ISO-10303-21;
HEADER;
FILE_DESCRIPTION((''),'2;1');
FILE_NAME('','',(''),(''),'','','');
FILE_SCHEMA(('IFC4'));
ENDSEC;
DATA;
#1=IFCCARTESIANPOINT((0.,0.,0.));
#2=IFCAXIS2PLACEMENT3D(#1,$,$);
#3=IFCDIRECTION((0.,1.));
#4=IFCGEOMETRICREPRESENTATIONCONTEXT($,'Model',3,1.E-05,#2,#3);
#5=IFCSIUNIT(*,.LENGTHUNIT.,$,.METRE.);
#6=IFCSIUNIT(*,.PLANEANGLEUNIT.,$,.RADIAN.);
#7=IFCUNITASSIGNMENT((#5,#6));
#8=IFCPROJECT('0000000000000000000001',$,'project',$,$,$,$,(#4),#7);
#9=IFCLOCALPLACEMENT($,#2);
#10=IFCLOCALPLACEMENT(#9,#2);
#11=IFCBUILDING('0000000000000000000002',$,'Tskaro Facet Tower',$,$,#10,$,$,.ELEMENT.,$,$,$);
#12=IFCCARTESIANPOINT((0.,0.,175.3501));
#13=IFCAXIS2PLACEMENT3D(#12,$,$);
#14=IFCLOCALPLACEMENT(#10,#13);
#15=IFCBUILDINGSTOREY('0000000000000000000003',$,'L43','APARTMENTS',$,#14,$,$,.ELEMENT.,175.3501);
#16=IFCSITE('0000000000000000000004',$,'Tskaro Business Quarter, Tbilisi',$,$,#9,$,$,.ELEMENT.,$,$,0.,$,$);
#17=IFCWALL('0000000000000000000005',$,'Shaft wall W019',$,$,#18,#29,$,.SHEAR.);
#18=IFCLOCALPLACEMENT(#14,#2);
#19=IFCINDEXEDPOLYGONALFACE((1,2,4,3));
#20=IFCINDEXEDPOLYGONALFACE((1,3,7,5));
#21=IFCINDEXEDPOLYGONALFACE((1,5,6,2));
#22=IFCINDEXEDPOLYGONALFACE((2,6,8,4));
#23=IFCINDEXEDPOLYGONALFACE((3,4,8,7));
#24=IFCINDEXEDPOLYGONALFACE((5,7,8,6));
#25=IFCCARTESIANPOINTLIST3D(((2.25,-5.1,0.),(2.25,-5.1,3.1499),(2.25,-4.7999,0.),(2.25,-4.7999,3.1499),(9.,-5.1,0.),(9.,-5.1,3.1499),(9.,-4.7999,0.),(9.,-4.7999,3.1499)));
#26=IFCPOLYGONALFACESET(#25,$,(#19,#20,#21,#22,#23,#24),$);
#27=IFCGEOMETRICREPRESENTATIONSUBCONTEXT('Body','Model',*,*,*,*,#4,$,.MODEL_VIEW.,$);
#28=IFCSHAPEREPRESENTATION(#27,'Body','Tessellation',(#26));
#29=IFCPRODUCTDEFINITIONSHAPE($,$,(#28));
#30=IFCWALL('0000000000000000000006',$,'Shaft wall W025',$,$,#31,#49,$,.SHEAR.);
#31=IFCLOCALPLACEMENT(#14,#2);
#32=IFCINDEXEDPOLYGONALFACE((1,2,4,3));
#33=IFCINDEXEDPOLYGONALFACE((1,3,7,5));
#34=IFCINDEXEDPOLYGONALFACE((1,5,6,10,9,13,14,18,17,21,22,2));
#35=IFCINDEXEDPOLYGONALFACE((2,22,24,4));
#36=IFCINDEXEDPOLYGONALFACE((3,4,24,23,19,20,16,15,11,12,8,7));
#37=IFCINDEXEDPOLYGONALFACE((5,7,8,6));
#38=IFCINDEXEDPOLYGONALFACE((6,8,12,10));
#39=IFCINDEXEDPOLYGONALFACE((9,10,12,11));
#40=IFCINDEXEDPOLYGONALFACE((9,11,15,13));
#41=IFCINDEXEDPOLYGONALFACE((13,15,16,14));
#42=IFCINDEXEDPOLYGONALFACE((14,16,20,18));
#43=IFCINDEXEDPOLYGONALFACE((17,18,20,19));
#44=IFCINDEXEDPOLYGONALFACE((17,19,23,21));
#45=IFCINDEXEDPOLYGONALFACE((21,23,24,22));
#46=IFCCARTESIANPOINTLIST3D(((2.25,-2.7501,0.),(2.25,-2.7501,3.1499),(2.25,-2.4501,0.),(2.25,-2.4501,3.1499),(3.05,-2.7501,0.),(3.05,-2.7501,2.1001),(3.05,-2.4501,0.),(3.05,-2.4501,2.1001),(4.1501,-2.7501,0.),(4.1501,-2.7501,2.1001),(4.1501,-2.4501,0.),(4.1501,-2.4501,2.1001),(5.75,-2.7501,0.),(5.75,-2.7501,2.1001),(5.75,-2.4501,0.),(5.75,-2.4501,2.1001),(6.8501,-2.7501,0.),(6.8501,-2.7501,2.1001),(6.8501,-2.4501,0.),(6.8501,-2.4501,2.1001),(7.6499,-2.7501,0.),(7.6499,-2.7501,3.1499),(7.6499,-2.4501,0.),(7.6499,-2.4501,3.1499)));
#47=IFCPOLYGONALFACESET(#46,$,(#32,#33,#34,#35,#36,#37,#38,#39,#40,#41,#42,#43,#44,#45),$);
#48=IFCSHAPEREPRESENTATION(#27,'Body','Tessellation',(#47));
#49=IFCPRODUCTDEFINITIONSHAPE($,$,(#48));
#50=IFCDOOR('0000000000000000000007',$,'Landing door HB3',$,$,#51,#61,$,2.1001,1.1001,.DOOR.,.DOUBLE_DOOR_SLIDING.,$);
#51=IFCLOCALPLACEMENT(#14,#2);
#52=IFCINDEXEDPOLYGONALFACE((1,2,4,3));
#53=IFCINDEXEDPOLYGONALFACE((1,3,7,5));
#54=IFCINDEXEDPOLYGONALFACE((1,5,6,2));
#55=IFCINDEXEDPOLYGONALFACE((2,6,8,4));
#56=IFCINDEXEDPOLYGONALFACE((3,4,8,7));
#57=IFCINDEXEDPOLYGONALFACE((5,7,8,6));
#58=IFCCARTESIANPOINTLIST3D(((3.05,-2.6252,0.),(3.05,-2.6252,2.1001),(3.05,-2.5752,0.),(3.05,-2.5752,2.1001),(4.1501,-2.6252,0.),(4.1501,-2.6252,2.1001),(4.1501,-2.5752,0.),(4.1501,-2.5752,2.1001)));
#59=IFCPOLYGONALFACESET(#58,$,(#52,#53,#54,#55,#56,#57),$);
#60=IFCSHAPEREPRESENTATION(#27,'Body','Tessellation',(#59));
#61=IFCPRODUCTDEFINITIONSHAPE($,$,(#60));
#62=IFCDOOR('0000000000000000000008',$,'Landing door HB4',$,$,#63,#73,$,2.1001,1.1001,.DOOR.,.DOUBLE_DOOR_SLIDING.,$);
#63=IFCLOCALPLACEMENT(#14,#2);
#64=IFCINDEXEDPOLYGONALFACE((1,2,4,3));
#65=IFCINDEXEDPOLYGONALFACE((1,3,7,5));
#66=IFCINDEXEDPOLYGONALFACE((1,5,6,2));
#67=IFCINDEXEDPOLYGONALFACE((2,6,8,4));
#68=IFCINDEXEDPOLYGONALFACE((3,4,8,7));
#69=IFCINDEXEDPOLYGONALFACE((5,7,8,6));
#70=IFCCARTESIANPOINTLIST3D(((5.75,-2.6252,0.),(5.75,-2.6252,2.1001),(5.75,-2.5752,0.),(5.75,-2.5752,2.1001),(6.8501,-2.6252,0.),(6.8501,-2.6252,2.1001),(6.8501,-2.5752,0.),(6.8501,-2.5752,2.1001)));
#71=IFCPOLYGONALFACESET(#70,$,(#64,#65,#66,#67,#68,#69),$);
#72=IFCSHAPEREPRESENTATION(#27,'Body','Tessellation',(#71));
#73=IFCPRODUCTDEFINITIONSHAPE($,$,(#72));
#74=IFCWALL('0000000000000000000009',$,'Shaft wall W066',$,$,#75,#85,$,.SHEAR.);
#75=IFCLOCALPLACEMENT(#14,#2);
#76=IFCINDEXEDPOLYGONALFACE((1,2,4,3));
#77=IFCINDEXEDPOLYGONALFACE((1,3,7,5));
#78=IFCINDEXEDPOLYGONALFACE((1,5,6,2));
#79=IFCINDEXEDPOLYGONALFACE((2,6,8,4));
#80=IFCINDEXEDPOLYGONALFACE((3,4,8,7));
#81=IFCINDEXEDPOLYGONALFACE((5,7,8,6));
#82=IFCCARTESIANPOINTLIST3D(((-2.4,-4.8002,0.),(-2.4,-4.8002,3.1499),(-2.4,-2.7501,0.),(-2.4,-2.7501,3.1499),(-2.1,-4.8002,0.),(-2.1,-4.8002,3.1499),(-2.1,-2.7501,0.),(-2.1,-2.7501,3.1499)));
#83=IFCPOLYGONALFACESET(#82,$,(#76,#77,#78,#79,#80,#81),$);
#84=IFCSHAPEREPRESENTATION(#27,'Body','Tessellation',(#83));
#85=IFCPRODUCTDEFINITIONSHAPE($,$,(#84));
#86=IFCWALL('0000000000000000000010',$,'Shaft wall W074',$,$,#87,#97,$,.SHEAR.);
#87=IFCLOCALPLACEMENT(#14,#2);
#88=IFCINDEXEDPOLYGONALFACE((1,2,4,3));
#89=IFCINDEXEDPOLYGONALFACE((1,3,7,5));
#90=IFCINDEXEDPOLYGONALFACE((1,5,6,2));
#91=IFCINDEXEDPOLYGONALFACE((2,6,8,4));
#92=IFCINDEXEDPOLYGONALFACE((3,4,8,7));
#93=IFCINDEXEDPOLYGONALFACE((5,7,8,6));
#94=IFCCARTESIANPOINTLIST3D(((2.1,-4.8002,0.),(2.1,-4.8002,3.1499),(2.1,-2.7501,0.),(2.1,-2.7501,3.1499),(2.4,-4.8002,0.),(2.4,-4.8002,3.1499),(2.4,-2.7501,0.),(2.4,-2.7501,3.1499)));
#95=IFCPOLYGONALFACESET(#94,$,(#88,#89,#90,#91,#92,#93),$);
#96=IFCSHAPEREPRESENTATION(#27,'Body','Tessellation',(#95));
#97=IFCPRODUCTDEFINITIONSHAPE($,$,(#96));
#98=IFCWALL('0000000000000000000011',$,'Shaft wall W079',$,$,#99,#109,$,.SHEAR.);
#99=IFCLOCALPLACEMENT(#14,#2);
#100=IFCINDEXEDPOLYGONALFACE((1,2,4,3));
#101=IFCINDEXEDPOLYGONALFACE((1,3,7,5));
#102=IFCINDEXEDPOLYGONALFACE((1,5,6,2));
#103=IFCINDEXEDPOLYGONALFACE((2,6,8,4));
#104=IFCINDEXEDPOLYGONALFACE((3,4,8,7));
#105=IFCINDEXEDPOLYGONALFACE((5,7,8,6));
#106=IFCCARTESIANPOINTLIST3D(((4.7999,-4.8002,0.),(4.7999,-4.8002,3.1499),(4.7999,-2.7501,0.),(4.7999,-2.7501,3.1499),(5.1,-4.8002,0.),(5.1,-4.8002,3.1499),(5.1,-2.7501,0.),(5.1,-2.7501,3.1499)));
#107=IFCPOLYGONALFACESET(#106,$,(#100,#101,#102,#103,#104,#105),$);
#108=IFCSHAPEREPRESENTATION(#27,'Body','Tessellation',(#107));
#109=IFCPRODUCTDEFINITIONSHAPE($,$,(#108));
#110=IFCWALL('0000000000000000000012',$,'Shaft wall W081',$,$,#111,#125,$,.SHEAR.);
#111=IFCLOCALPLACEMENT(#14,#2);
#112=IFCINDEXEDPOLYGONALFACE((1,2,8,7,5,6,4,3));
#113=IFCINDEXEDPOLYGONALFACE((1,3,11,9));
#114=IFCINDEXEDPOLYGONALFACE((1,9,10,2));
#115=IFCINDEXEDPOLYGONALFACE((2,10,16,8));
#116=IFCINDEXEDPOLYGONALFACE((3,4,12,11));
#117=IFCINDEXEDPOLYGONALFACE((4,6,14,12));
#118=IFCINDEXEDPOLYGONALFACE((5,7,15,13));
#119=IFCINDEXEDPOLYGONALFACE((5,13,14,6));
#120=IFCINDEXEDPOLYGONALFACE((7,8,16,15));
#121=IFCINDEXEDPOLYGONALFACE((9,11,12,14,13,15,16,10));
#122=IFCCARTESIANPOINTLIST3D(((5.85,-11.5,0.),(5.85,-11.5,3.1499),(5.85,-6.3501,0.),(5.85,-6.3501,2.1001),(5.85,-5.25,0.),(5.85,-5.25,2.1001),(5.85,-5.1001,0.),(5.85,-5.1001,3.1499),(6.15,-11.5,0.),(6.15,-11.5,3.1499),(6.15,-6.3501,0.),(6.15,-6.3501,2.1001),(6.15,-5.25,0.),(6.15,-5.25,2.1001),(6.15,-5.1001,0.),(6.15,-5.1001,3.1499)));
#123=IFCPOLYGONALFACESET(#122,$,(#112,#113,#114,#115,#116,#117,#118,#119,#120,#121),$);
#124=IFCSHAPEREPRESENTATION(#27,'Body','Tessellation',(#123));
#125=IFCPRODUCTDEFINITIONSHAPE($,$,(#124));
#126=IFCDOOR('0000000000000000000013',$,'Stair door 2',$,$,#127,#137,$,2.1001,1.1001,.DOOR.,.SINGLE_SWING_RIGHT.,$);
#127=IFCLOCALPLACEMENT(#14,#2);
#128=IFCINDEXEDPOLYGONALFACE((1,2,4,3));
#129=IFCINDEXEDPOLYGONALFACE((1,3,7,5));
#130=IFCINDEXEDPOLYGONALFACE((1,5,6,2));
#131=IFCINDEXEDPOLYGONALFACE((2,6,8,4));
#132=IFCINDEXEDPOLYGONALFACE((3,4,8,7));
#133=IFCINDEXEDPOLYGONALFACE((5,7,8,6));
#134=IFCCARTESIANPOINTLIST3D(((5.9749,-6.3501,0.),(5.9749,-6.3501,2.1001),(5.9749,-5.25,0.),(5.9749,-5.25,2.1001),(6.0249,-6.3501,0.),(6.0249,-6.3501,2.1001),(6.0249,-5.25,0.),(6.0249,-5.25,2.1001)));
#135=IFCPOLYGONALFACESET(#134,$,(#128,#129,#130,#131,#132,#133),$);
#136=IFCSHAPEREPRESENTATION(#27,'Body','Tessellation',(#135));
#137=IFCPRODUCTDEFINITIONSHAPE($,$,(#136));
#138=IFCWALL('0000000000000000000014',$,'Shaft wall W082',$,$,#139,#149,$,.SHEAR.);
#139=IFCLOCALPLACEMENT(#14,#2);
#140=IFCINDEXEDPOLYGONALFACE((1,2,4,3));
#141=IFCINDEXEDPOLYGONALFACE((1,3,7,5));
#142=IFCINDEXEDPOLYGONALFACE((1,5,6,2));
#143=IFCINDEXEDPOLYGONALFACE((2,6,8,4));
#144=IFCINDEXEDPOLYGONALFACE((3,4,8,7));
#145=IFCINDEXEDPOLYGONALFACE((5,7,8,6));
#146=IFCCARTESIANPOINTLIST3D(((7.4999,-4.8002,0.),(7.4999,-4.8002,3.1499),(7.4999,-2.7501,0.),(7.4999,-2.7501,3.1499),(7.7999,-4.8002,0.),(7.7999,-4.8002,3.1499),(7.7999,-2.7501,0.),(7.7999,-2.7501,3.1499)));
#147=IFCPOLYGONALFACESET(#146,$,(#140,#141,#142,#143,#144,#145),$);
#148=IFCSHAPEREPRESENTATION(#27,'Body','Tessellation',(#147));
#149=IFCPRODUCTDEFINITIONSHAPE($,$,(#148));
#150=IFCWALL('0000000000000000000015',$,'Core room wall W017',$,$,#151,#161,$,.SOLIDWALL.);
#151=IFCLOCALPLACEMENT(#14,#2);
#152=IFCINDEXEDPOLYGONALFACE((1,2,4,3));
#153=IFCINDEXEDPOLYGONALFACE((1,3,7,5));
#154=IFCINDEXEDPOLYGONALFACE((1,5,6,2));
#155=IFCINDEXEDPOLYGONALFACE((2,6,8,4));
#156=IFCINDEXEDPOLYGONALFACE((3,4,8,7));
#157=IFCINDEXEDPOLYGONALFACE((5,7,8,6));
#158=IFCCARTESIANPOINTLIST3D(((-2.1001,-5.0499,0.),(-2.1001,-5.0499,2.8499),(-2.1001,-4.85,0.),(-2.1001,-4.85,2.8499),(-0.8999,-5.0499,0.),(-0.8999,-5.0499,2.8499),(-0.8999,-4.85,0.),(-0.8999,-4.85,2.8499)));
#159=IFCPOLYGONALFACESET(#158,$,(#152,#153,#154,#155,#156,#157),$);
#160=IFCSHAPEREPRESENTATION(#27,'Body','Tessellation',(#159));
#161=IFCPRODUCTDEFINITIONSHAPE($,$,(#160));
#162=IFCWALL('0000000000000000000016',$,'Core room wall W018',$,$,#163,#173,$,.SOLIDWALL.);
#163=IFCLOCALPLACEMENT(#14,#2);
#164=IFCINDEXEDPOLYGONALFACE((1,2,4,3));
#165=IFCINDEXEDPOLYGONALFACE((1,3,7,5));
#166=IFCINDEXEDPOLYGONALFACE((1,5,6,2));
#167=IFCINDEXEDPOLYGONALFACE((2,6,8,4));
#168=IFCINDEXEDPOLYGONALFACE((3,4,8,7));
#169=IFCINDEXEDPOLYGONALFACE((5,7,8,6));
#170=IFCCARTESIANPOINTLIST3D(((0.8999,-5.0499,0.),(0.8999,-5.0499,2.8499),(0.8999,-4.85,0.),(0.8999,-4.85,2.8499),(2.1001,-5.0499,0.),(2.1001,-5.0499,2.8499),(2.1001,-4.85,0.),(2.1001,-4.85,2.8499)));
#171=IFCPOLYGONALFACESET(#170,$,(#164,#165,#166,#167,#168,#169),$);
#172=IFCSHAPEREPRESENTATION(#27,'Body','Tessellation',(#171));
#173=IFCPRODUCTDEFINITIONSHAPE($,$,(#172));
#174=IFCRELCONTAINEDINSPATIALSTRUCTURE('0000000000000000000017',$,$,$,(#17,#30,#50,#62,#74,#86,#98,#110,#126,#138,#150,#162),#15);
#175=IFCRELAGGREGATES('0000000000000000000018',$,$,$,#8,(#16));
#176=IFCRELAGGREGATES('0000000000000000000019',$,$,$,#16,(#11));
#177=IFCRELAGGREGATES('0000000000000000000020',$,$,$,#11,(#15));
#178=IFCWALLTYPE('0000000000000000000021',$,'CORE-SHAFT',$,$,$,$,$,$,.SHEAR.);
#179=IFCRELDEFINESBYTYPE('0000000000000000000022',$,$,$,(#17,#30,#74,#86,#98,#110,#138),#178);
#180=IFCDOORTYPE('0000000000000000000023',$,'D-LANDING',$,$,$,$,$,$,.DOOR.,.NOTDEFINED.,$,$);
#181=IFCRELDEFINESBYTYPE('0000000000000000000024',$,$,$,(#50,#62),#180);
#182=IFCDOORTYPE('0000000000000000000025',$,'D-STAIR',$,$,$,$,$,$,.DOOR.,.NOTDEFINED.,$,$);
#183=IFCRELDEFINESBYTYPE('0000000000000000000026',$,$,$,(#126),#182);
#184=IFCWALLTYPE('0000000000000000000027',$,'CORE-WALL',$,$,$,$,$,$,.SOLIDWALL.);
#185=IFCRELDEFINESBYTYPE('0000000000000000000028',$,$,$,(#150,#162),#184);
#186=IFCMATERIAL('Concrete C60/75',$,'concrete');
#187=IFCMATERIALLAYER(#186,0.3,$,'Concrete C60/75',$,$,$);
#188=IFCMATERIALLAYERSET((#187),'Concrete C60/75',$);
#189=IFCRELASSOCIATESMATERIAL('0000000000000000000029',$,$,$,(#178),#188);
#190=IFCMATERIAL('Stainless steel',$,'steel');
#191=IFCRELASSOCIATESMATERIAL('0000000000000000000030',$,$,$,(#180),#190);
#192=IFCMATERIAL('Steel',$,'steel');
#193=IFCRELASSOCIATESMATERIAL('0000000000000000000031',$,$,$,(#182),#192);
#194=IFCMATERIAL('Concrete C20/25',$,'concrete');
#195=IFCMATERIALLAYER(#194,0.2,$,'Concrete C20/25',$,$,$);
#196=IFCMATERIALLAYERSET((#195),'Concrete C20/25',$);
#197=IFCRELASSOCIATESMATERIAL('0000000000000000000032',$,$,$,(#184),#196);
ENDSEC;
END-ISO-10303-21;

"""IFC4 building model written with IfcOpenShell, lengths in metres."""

from ifc_helpers import new_model, si_unit, direction, frame, frame_2d, origin, place, context, subcontext, project, spatial, rectangle, extrude, material, layer, layer_set, type_object, element, fill, save


model = new_model("IFC4")

# Units and contexts
model_context = context("Model", 3, precision=1e-05, world=origin(), true_north=direction((0.0, 1.0)))
body_context = subcontext(model_context, "Body", "Model", "MODEL_VIEW")
ifc_project = project(units=[si_unit("LENGTHUNIT", "METRE"), si_unit("PLANEANGLEUNIT", "RADIAN")], contexts=[model_context])

# Site, building, storey
site_placement = place(None, origin())
site = spatial("IfcSite", under=ifc_project, at=site_placement, Name="Tskaro Business Quarter, Tbilisi", CompositionType="ELEMENT", RefElevation=0.0)
building_placement = place(site_placement, origin())
building = spatial("IfcBuilding", under=site, at=building_placement, Name="Tskaro Facet Tower", CompositionType="ELEMENT")
storey_placement = place(building_placement, frame((0.0, 0.0, 175.3501)))
storey = spatial("IfcBuildingStorey", under=building, at=storey_placement, Name="L43", Description="APARTMENTS", CompositionType="ELEMENT", Elevation=175.3501)

# Wall
ifc_material_1 = material(Name="Concrete C60/75", Category="concrete")
ifc_layer_1 = layer(ifc_material_1, 0.3, Name="Concrete C60/75")
ifc_layer_set_1 = layer_set([ifc_layer_1], Name="Concrete C60/75")
wall_type_1 = type_object("IfcWallType", Name="CORE-SHAFT", PredefinedType="SHEAR", material=ifc_layer_set_1)
wall_1_placement = place(storey_placement, frame((2.25, -4.95, 0.0), z_axis=(0.0, 0.0, 1.0), x_axis=(1.0, 0.0, 0.0)))
element("IfcWall", 1, at=wall_1_placement, inside=storey, type_object=wall_type_1, Name="Shaft wall W019", PredefinedType="SHEAR", context=body_context, shape_type="SweptSolid", body=[
    extrude(rectangle(XDim=6.75, YDim=0.3, at=frame_2d((3.375, 0.0))), origin(), (0.0, 0.0, 1.0), 3.1499),
])

# Wall, openings, doors
wall_2_placement = place(storey_placement, frame((2.25, -2.6001, 0.0), z_axis=(0.0, 0.0, 1.0), x_axis=(1.0, 0.0, 0.0)))
wall_2 = element("IfcWall", 2, at=wall_2_placement, inside=storey, type_object=wall_type_1, Name="Shaft wall W025", PredefinedType="SHEAR", context=body_context, shape_type="SweptSolid", body=[
    extrude(rectangle(XDim=5.3999, YDim=0.3, at=frame_2d((2.7, 0.0))), origin(), (0.0, 0.0, 1.0), 3.1499),
])
opening_1_placement = place(wall_2_placement, frame((0.8, 0.0, 0.0)))
opening_1 = element("IfcOpeningElement", 3, at=opening_1_placement, cuts=wall_2, PredefinedType="OPENING", context=body_context, shape_type="SweptSolid", body=[
    extrude(rectangle(XDim=1.1001, YDim=2.1001, at=frame_2d((0.55, 1.05))), frame((0.0, 0.1599, 0.0), z_axis=(0.0, -1.0, 0.0), x_axis=(1.0, 0.0, 0.0)), (0.0, 0.0, 1.0), 0.3201),
])
opening_2_placement = place(wall_2_placement, frame((3.5, 0.0, 0.0)))
opening_2 = element("IfcOpeningElement", 4, at=opening_2_placement, cuts=wall_2, PredefinedType="OPENING", context=body_context, shape_type="SweptSolid", body=[
    extrude(rectangle(XDim=1.1001, YDim=2.1001, at=frame_2d((0.55, 1.05))), frame((0.0, 0.1599, 0.0), z_axis=(0.0, -1.0, 0.0), x_axis=(1.0, 0.0, 0.0)), (0.0, 0.0, 1.0), 0.3201),
])
ifc_material_2 = material(Name="Stainless steel", Category="steel")
door_type_1 = type_object("IfcDoorType", Name="D-LANDING", OperationType="NOTDEFINED", PredefinedType="DOOR", material=ifc_material_2)
door_1_placement = place(opening_1_placement, origin())
door_1 = element("IfcDoor", 5, at=door_1_placement, inside=storey, type_object=door_type_1, Name="Landing door HB3", OperationType="DOUBLE_DOOR_SLIDING", OverallHeight=2.1001, OverallWidth=1.1001, PredefinedType="DOOR", context=body_context, shape_type="SweptSolid", body=[
    extrude(rectangle(XDim=1.1001, YDim=2.1001, at=frame_2d((0.55, 1.05))), frame((0.0, 0.0249, 0.0), z_axis=(0.0, -1.0, 0.0), x_axis=(1.0, 0.0, 0.0)), (0.0, 0.0, 1.0), 0.05),
])
fill(opening_1, door_1)
door_2_placement = place(opening_2_placement, origin())
door_2 = element("IfcDoor", 6, at=door_2_placement, inside=storey, type_object=door_type_1, Name="Landing door HB4", OperationType="DOUBLE_DOOR_SLIDING", OverallHeight=2.1001, OverallWidth=1.1001, PredefinedType="DOOR", context=body_context, shape_type="SweptSolid", body=[
    extrude(rectangle(XDim=1.1001, YDim=2.1001, at=frame_2d((0.55, 1.05))), frame((0.0, 0.0249, 0.0), z_axis=(0.0, -1.0, 0.0), x_axis=(1.0, 0.0, 0.0)), (0.0, 0.0, 1.0), 0.05),
])
fill(opening_2, door_2)

# Walls
for number, where, z_axis, x_axis, name in (
    (7, (-2.25, -4.8, 0.0), (0.0, 0.0, 1.0), (0.0, 1.0, 0.0), "Shaft wall W066"),
    (8, (2.25, -4.8, 0.0), (0.0, 0.0, 1.0), (0.0, 1.0, 0.0), "Shaft wall W074"),
    (9, (4.95, -4.8, 0.0), (0.0, 0.0, 1.0), (0.0, 1.0, 0.0), "Shaft wall W079"),
):
    element("IfcWall", number, at=place(storey_placement, frame(where, z_axis=z_axis, x_axis=x_axis)), inside=storey, type_object=wall_type_1, Name=name, PredefinedType="SHEAR", context=body_context, shape_type="SweptSolid", body=[
        extrude(rectangle(XDim=2.05, YDim=0.3, at=frame_2d((1.0249, 0.0))), origin(), (0.0, 0.0, 1.0), 3.1499),
    ])

# Wall, opening, door
wall_3_placement = place(storey_placement, frame((6.0, -5.1001, 0.0), z_axis=(0.0, 0.0, 1.0), x_axis=(0.0, -1.0, 0.0)))
wall_3 = element("IfcWall", 10, at=wall_3_placement, inside=storey, type_object=wall_type_1, Name="Shaft wall W081", PredefinedType="SHEAR", context=body_context, shape_type="SweptSolid", body=[
    extrude(rectangle(XDim=6.3999, YDim=0.3, at=frame_2d((3.2, 0.0))), origin(), (0.0, 0.0, 1.0), 3.1499),
])
opening_3_placement = place(wall_3_placement, frame((0.1499, 0.0, 0.0)))
opening_3 = element("IfcOpeningElement", 11, at=opening_3_placement, cuts=wall_3, PredefinedType="OPENING", context=body_context, shape_type="SweptSolid", body=[
    extrude(rectangle(XDim=1.1001, YDim=2.1001, at=frame_2d((0.55, 1.05))), frame((0.0, 0.1599, 0.0), z_axis=(0.0, -1.0, 0.0), x_axis=(1.0, 0.0, 0.0)), (0.0, 0.0, 1.0), 0.3201),
])
ifc_material_3 = material(Name="Steel", Category="steel")
door_type_2 = type_object("IfcDoorType", Name="D-STAIR", OperationType="NOTDEFINED", PredefinedType="DOOR", material=ifc_material_3)
door_3_placement = place(opening_3_placement, origin())
door_3 = element("IfcDoor", 12, at=door_3_placement, inside=storey, type_object=door_type_2, Name="Stair door 2", OperationType="SINGLE_SWING_RIGHT", OverallHeight=2.1001, OverallWidth=1.1001, PredefinedType="DOOR", context=body_context, shape_type="SweptSolid", body=[
    extrude(rectangle(XDim=1.1001, YDim=2.1001, at=frame_2d((0.55, 1.05))), frame((0.0, 0.0249, 0.0), z_axis=(0.0, -1.0, 0.0), x_axis=(1.0, 0.0, 0.0)), (0.0, 0.0, 1.0), 0.05),
])
fill(opening_3, door_3)

# Walls
wall_4_placement = place(storey_placement, frame((7.6499, -4.8, 0.0), z_axis=(0.0, 0.0, 1.0), x_axis=(0.0, 1.0, 0.0)))
element("IfcWall", 13, at=wall_4_placement, inside=storey, type_object=wall_type_1, Name="Shaft wall W082", PredefinedType="SHEAR", context=body_context, shape_type="SweptSolid", body=[
    extrude(rectangle(XDim=2.05, YDim=0.3, at=frame_2d((1.0249, 0.0))), origin(), (0.0, 0.0, 1.0), 3.1499),
])
ifc_material_4 = material(Name="Concrete C20/25", Category="concrete")
ifc_layer_2 = layer(ifc_material_4, 0.2, Name="Concrete C20/25")
ifc_layer_set_2 = layer_set([ifc_layer_2], Name="Concrete C20/25")
wall_type_2 = type_object("IfcWallType", Name="CORE-WALL", PredefinedType="SOLIDWALL", material=ifc_layer_set_2)
for number, where, z_axis, x_axis, name in (
    (14, (-2.1001, -4.95, 0.0), (0.0, 0.0, 1.0), (1.0, 0.0, 0.0), "Core room wall W017"),
    (15, (0.8999, -4.95, 0.0), (0.0, 0.0, 1.0), (1.0, 0.0, 0.0), "Core room wall W018"),
):
    element("IfcWall", number, at=place(storey_placement, frame(where, z_axis=z_axis, x_axis=x_axis)), inside=storey, type_object=wall_type_2, Name=name, PredefinedType="SOLIDWALL", context=body_context, shape_type="SweptSolid", body=[
        extrude(rectangle(XDim=1.2002, YDim=0.2, at=frame_2d((0.6001, 0.0))), origin(), (0.0, 0.0, 1.0), 2.8499),
    ])

save(model, "model.ifc")
